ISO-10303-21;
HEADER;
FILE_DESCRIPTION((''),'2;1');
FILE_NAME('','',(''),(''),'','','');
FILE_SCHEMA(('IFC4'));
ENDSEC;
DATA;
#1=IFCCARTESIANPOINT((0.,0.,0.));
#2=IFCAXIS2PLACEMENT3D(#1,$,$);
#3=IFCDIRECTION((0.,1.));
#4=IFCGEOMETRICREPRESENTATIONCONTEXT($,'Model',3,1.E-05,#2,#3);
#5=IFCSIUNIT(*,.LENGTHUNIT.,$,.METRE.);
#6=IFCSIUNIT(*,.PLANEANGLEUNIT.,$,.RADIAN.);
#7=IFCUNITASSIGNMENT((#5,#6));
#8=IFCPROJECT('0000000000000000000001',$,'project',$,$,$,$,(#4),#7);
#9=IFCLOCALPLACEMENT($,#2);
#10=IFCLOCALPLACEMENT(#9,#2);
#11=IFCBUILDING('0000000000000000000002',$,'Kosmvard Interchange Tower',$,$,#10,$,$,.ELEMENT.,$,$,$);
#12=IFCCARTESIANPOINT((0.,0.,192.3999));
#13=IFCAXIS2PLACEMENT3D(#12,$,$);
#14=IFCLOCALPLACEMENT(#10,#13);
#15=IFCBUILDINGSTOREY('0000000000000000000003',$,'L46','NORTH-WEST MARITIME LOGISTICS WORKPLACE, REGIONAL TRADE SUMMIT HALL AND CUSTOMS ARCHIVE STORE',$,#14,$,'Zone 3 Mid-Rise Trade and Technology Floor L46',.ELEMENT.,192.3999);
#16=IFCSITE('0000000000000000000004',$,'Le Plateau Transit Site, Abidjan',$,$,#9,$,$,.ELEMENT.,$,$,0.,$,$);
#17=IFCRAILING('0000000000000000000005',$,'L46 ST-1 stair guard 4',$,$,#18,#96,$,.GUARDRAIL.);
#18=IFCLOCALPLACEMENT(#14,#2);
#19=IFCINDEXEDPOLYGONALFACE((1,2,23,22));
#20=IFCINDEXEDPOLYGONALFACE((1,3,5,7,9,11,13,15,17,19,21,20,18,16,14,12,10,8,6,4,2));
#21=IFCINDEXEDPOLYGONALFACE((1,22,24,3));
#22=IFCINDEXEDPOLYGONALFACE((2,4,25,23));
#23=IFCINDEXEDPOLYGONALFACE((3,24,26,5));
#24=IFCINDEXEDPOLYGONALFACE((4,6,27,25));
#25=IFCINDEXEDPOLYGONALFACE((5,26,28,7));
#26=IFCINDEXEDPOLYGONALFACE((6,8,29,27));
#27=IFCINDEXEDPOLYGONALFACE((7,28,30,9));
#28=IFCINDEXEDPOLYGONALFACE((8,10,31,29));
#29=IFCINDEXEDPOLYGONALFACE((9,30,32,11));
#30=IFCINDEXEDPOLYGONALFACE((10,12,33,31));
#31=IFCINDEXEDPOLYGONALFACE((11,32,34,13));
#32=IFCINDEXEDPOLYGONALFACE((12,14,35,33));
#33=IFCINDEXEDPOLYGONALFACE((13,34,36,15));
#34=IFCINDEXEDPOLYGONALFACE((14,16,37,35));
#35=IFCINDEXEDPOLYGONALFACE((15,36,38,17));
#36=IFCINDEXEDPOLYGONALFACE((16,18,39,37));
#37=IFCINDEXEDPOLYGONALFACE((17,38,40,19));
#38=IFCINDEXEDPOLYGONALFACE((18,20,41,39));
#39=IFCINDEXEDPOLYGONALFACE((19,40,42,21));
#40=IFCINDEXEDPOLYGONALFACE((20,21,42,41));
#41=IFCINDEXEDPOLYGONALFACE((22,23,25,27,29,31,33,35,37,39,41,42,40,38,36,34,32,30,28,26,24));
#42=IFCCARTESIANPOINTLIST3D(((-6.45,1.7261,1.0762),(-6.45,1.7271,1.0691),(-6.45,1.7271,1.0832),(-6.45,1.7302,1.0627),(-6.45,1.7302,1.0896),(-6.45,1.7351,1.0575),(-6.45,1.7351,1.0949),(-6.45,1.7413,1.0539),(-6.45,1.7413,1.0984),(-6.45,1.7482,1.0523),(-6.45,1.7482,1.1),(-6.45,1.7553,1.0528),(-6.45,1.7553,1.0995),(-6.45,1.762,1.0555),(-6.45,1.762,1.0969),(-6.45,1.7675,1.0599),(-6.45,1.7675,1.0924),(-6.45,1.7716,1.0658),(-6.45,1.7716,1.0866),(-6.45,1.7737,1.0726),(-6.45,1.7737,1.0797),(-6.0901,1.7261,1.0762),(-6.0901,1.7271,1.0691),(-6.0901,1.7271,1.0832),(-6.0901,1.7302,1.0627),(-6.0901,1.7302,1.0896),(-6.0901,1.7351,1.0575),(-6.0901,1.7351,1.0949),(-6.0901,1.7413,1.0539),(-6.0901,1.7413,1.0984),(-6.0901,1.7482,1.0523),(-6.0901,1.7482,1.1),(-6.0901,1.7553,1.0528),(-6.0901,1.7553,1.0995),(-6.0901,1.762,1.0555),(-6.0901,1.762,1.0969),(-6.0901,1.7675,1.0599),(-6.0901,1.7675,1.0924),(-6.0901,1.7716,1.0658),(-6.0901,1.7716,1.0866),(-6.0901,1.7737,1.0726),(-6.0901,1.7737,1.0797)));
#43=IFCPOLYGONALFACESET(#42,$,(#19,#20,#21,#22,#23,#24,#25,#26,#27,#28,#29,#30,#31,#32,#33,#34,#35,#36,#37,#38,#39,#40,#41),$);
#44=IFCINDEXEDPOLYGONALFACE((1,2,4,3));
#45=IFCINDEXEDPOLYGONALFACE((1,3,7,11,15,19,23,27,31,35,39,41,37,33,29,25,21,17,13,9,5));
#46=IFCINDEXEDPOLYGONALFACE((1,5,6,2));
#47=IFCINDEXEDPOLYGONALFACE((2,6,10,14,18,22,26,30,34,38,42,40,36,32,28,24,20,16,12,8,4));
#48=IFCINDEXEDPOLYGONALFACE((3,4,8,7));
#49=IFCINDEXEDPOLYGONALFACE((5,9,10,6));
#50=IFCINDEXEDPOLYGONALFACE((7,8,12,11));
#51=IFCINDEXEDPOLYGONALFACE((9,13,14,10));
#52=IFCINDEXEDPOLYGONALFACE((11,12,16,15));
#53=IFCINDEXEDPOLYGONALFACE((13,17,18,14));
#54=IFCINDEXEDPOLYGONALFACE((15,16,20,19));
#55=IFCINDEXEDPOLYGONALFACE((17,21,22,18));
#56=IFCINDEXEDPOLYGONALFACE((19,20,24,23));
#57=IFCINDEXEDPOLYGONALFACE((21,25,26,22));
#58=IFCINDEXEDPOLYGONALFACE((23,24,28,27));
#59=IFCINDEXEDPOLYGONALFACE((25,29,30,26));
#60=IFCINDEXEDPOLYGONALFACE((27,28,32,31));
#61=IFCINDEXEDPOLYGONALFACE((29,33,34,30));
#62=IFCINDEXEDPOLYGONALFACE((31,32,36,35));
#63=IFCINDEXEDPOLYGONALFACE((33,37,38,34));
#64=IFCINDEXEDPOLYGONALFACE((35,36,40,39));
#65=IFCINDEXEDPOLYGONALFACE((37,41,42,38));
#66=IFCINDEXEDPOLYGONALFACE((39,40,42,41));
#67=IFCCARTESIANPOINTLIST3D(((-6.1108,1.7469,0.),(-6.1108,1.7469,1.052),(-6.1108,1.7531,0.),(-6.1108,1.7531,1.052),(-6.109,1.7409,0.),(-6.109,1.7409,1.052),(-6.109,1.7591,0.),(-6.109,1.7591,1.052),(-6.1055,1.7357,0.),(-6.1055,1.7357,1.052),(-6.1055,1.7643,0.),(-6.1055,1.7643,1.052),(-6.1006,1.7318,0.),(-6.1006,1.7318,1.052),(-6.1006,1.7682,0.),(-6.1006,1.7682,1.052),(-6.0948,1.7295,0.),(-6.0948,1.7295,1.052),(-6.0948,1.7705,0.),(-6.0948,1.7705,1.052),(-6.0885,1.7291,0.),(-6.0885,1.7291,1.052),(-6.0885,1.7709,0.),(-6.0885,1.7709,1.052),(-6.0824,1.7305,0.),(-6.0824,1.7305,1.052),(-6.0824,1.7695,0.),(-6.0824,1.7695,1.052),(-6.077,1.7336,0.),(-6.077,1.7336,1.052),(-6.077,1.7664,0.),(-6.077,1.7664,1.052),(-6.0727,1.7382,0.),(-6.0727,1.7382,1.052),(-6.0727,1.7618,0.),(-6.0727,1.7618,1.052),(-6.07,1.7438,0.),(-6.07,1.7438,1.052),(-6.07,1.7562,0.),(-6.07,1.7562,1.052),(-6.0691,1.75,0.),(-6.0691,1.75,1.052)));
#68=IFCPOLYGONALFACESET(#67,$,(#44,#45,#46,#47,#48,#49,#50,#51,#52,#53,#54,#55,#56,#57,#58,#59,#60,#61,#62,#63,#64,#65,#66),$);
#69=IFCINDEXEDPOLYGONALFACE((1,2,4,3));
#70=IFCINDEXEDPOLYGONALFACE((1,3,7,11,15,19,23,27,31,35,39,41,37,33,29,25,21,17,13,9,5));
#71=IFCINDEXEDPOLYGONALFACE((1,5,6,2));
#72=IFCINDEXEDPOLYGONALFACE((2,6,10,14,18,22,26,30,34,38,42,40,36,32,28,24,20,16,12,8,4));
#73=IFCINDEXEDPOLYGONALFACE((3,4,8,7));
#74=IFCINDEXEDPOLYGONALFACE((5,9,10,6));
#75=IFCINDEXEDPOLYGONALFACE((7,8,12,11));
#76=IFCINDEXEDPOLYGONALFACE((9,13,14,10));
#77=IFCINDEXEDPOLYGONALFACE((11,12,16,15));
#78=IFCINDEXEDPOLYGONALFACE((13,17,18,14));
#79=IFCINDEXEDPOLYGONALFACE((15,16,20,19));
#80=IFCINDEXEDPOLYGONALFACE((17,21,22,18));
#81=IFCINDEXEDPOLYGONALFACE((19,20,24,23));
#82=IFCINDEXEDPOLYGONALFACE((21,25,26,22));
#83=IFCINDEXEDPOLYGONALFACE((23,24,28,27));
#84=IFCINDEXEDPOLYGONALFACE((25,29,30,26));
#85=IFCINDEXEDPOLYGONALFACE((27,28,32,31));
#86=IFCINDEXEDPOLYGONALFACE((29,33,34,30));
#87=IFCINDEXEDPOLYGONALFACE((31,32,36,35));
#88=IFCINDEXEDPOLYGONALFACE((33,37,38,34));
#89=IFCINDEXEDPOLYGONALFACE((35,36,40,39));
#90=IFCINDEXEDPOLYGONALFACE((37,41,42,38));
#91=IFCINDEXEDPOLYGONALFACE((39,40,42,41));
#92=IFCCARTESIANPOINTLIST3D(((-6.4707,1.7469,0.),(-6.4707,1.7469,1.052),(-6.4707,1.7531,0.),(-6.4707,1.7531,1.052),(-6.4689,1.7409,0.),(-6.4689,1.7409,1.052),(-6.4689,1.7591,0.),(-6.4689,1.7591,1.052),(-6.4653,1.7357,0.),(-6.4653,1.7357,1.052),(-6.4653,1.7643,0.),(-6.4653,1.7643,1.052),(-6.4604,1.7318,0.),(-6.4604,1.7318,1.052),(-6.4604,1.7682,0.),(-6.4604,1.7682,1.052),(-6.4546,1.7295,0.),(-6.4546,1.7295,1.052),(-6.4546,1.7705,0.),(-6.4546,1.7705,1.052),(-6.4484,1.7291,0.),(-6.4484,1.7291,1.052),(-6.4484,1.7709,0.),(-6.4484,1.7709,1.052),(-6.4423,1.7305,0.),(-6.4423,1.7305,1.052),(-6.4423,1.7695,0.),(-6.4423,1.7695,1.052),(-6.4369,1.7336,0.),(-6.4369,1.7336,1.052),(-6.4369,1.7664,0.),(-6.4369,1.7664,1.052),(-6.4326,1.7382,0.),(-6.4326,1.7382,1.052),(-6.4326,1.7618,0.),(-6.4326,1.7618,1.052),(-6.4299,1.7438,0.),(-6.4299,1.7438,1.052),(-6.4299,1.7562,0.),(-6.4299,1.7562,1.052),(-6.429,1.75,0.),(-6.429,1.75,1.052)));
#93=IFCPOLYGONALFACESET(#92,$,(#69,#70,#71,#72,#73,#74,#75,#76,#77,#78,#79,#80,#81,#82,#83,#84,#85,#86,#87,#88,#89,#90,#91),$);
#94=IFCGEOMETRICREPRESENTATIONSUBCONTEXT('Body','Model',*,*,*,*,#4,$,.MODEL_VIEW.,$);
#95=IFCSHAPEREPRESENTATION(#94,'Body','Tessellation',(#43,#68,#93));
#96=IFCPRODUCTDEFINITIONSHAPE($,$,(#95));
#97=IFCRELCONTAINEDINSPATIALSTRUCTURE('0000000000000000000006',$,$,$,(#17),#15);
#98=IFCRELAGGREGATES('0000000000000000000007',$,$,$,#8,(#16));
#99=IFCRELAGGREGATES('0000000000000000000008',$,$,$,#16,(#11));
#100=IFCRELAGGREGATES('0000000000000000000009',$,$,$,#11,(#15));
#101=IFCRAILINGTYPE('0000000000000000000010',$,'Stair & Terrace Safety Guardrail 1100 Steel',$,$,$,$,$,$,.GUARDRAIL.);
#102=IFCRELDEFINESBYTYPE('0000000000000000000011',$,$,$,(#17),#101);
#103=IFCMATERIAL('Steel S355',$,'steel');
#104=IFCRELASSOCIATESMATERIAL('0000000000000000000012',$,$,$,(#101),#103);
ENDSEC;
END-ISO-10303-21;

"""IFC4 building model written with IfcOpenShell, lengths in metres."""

from ifc_helpers import new_model, si_unit, direction, frame, origin, origin_2d, place, context, subcontext, project, spatial, circle, extrude, source, transform, mapped, material, type_object, element, save


model = new_model("IFC4")

# Units and contexts
model_context = context("Model", 3, precision=1e-05, world=origin(), true_north=direction((0.0, 1.0)))
body_context = subcontext(model_context, "Body", "Model", "MODEL_VIEW")
ifc_project = project(units=[si_unit("LENGTHUNIT", "METRE"), si_unit("PLANEANGLEUNIT", "RADIAN")], contexts=[model_context])

# Site, building, storey
site_placement = place(None, origin())
site = spatial("IfcSite", under=ifc_project, at=site_placement, Name="Le Plateau Transit Site, Abidjan", CompositionType="ELEMENT", RefElevation=0.0)
building_placement = place(site_placement, origin())
building = spatial("IfcBuilding", under=site, at=building_placement, Name="Kosmvard Interchange Tower", CompositionType="ELEMENT")
storey_placement = place(building_placement, frame((0.0, 0.0, 192.3999)))
storey = spatial("IfcBuildingStorey", under=building, at=storey_placement, Name="L46", Description="NORTH-WEST MARITIME LOGISTICS WORKPLACE, REGIONAL TRADE SUMMIT HALL AND CUSTOMS ARCHIVE STORE", LongName="Zone 3 Mid-Rise Trade and Technology Floor L46", CompositionType="ELEMENT", Elevation=192.3999)

# Railing
ifc_material_1 = material(Name="Steel S355", Category="steel")
railing_type_1 = type_object("IfcRailingType", Name="Stair & Terrace Safety Guardrail 1100 Steel", PredefinedType="GUARDRAIL", material=ifc_material_1)
shared_shape_1 = source(origin(), body_context, "Body", "SweptSolid", [
    extrude(circle(Radius=0.0239, at=origin_2d()), frame((0.0, 0.0, 1.0762), z_axis=(-1.0, 0.0, 0.0), x_axis=(0.0, -1.0, 0.0)), (0.0, 0.0, 1.0), 0.3599),
    extrude(circle(Radius=0.021, at=origin_2d()), origin(), (0.0, 0.0, 1.0), 1.052),
    extrude(circle(Radius=0.021, at=origin_2d()), frame((-0.3599, 0.0, 0.0)), (0.0, 0.0, 1.0), 1.052),
])
railing_1_placement = place(storey_placement, frame((-6.0901, 1.75, 0.0)))
element("IfcRailing", 1, at=railing_1_placement, inside=storey, type_object=railing_type_1, Name="L46 ST-1 stair guard 4", PredefinedType="GUARDRAIL", context=body_context, shape_type="MappedRepresentation", body=[
    mapped(shared_shape_1, transform((0.0, 0.0, 0.0), scale=1.0)),
])

save(model, "model.ifc")
